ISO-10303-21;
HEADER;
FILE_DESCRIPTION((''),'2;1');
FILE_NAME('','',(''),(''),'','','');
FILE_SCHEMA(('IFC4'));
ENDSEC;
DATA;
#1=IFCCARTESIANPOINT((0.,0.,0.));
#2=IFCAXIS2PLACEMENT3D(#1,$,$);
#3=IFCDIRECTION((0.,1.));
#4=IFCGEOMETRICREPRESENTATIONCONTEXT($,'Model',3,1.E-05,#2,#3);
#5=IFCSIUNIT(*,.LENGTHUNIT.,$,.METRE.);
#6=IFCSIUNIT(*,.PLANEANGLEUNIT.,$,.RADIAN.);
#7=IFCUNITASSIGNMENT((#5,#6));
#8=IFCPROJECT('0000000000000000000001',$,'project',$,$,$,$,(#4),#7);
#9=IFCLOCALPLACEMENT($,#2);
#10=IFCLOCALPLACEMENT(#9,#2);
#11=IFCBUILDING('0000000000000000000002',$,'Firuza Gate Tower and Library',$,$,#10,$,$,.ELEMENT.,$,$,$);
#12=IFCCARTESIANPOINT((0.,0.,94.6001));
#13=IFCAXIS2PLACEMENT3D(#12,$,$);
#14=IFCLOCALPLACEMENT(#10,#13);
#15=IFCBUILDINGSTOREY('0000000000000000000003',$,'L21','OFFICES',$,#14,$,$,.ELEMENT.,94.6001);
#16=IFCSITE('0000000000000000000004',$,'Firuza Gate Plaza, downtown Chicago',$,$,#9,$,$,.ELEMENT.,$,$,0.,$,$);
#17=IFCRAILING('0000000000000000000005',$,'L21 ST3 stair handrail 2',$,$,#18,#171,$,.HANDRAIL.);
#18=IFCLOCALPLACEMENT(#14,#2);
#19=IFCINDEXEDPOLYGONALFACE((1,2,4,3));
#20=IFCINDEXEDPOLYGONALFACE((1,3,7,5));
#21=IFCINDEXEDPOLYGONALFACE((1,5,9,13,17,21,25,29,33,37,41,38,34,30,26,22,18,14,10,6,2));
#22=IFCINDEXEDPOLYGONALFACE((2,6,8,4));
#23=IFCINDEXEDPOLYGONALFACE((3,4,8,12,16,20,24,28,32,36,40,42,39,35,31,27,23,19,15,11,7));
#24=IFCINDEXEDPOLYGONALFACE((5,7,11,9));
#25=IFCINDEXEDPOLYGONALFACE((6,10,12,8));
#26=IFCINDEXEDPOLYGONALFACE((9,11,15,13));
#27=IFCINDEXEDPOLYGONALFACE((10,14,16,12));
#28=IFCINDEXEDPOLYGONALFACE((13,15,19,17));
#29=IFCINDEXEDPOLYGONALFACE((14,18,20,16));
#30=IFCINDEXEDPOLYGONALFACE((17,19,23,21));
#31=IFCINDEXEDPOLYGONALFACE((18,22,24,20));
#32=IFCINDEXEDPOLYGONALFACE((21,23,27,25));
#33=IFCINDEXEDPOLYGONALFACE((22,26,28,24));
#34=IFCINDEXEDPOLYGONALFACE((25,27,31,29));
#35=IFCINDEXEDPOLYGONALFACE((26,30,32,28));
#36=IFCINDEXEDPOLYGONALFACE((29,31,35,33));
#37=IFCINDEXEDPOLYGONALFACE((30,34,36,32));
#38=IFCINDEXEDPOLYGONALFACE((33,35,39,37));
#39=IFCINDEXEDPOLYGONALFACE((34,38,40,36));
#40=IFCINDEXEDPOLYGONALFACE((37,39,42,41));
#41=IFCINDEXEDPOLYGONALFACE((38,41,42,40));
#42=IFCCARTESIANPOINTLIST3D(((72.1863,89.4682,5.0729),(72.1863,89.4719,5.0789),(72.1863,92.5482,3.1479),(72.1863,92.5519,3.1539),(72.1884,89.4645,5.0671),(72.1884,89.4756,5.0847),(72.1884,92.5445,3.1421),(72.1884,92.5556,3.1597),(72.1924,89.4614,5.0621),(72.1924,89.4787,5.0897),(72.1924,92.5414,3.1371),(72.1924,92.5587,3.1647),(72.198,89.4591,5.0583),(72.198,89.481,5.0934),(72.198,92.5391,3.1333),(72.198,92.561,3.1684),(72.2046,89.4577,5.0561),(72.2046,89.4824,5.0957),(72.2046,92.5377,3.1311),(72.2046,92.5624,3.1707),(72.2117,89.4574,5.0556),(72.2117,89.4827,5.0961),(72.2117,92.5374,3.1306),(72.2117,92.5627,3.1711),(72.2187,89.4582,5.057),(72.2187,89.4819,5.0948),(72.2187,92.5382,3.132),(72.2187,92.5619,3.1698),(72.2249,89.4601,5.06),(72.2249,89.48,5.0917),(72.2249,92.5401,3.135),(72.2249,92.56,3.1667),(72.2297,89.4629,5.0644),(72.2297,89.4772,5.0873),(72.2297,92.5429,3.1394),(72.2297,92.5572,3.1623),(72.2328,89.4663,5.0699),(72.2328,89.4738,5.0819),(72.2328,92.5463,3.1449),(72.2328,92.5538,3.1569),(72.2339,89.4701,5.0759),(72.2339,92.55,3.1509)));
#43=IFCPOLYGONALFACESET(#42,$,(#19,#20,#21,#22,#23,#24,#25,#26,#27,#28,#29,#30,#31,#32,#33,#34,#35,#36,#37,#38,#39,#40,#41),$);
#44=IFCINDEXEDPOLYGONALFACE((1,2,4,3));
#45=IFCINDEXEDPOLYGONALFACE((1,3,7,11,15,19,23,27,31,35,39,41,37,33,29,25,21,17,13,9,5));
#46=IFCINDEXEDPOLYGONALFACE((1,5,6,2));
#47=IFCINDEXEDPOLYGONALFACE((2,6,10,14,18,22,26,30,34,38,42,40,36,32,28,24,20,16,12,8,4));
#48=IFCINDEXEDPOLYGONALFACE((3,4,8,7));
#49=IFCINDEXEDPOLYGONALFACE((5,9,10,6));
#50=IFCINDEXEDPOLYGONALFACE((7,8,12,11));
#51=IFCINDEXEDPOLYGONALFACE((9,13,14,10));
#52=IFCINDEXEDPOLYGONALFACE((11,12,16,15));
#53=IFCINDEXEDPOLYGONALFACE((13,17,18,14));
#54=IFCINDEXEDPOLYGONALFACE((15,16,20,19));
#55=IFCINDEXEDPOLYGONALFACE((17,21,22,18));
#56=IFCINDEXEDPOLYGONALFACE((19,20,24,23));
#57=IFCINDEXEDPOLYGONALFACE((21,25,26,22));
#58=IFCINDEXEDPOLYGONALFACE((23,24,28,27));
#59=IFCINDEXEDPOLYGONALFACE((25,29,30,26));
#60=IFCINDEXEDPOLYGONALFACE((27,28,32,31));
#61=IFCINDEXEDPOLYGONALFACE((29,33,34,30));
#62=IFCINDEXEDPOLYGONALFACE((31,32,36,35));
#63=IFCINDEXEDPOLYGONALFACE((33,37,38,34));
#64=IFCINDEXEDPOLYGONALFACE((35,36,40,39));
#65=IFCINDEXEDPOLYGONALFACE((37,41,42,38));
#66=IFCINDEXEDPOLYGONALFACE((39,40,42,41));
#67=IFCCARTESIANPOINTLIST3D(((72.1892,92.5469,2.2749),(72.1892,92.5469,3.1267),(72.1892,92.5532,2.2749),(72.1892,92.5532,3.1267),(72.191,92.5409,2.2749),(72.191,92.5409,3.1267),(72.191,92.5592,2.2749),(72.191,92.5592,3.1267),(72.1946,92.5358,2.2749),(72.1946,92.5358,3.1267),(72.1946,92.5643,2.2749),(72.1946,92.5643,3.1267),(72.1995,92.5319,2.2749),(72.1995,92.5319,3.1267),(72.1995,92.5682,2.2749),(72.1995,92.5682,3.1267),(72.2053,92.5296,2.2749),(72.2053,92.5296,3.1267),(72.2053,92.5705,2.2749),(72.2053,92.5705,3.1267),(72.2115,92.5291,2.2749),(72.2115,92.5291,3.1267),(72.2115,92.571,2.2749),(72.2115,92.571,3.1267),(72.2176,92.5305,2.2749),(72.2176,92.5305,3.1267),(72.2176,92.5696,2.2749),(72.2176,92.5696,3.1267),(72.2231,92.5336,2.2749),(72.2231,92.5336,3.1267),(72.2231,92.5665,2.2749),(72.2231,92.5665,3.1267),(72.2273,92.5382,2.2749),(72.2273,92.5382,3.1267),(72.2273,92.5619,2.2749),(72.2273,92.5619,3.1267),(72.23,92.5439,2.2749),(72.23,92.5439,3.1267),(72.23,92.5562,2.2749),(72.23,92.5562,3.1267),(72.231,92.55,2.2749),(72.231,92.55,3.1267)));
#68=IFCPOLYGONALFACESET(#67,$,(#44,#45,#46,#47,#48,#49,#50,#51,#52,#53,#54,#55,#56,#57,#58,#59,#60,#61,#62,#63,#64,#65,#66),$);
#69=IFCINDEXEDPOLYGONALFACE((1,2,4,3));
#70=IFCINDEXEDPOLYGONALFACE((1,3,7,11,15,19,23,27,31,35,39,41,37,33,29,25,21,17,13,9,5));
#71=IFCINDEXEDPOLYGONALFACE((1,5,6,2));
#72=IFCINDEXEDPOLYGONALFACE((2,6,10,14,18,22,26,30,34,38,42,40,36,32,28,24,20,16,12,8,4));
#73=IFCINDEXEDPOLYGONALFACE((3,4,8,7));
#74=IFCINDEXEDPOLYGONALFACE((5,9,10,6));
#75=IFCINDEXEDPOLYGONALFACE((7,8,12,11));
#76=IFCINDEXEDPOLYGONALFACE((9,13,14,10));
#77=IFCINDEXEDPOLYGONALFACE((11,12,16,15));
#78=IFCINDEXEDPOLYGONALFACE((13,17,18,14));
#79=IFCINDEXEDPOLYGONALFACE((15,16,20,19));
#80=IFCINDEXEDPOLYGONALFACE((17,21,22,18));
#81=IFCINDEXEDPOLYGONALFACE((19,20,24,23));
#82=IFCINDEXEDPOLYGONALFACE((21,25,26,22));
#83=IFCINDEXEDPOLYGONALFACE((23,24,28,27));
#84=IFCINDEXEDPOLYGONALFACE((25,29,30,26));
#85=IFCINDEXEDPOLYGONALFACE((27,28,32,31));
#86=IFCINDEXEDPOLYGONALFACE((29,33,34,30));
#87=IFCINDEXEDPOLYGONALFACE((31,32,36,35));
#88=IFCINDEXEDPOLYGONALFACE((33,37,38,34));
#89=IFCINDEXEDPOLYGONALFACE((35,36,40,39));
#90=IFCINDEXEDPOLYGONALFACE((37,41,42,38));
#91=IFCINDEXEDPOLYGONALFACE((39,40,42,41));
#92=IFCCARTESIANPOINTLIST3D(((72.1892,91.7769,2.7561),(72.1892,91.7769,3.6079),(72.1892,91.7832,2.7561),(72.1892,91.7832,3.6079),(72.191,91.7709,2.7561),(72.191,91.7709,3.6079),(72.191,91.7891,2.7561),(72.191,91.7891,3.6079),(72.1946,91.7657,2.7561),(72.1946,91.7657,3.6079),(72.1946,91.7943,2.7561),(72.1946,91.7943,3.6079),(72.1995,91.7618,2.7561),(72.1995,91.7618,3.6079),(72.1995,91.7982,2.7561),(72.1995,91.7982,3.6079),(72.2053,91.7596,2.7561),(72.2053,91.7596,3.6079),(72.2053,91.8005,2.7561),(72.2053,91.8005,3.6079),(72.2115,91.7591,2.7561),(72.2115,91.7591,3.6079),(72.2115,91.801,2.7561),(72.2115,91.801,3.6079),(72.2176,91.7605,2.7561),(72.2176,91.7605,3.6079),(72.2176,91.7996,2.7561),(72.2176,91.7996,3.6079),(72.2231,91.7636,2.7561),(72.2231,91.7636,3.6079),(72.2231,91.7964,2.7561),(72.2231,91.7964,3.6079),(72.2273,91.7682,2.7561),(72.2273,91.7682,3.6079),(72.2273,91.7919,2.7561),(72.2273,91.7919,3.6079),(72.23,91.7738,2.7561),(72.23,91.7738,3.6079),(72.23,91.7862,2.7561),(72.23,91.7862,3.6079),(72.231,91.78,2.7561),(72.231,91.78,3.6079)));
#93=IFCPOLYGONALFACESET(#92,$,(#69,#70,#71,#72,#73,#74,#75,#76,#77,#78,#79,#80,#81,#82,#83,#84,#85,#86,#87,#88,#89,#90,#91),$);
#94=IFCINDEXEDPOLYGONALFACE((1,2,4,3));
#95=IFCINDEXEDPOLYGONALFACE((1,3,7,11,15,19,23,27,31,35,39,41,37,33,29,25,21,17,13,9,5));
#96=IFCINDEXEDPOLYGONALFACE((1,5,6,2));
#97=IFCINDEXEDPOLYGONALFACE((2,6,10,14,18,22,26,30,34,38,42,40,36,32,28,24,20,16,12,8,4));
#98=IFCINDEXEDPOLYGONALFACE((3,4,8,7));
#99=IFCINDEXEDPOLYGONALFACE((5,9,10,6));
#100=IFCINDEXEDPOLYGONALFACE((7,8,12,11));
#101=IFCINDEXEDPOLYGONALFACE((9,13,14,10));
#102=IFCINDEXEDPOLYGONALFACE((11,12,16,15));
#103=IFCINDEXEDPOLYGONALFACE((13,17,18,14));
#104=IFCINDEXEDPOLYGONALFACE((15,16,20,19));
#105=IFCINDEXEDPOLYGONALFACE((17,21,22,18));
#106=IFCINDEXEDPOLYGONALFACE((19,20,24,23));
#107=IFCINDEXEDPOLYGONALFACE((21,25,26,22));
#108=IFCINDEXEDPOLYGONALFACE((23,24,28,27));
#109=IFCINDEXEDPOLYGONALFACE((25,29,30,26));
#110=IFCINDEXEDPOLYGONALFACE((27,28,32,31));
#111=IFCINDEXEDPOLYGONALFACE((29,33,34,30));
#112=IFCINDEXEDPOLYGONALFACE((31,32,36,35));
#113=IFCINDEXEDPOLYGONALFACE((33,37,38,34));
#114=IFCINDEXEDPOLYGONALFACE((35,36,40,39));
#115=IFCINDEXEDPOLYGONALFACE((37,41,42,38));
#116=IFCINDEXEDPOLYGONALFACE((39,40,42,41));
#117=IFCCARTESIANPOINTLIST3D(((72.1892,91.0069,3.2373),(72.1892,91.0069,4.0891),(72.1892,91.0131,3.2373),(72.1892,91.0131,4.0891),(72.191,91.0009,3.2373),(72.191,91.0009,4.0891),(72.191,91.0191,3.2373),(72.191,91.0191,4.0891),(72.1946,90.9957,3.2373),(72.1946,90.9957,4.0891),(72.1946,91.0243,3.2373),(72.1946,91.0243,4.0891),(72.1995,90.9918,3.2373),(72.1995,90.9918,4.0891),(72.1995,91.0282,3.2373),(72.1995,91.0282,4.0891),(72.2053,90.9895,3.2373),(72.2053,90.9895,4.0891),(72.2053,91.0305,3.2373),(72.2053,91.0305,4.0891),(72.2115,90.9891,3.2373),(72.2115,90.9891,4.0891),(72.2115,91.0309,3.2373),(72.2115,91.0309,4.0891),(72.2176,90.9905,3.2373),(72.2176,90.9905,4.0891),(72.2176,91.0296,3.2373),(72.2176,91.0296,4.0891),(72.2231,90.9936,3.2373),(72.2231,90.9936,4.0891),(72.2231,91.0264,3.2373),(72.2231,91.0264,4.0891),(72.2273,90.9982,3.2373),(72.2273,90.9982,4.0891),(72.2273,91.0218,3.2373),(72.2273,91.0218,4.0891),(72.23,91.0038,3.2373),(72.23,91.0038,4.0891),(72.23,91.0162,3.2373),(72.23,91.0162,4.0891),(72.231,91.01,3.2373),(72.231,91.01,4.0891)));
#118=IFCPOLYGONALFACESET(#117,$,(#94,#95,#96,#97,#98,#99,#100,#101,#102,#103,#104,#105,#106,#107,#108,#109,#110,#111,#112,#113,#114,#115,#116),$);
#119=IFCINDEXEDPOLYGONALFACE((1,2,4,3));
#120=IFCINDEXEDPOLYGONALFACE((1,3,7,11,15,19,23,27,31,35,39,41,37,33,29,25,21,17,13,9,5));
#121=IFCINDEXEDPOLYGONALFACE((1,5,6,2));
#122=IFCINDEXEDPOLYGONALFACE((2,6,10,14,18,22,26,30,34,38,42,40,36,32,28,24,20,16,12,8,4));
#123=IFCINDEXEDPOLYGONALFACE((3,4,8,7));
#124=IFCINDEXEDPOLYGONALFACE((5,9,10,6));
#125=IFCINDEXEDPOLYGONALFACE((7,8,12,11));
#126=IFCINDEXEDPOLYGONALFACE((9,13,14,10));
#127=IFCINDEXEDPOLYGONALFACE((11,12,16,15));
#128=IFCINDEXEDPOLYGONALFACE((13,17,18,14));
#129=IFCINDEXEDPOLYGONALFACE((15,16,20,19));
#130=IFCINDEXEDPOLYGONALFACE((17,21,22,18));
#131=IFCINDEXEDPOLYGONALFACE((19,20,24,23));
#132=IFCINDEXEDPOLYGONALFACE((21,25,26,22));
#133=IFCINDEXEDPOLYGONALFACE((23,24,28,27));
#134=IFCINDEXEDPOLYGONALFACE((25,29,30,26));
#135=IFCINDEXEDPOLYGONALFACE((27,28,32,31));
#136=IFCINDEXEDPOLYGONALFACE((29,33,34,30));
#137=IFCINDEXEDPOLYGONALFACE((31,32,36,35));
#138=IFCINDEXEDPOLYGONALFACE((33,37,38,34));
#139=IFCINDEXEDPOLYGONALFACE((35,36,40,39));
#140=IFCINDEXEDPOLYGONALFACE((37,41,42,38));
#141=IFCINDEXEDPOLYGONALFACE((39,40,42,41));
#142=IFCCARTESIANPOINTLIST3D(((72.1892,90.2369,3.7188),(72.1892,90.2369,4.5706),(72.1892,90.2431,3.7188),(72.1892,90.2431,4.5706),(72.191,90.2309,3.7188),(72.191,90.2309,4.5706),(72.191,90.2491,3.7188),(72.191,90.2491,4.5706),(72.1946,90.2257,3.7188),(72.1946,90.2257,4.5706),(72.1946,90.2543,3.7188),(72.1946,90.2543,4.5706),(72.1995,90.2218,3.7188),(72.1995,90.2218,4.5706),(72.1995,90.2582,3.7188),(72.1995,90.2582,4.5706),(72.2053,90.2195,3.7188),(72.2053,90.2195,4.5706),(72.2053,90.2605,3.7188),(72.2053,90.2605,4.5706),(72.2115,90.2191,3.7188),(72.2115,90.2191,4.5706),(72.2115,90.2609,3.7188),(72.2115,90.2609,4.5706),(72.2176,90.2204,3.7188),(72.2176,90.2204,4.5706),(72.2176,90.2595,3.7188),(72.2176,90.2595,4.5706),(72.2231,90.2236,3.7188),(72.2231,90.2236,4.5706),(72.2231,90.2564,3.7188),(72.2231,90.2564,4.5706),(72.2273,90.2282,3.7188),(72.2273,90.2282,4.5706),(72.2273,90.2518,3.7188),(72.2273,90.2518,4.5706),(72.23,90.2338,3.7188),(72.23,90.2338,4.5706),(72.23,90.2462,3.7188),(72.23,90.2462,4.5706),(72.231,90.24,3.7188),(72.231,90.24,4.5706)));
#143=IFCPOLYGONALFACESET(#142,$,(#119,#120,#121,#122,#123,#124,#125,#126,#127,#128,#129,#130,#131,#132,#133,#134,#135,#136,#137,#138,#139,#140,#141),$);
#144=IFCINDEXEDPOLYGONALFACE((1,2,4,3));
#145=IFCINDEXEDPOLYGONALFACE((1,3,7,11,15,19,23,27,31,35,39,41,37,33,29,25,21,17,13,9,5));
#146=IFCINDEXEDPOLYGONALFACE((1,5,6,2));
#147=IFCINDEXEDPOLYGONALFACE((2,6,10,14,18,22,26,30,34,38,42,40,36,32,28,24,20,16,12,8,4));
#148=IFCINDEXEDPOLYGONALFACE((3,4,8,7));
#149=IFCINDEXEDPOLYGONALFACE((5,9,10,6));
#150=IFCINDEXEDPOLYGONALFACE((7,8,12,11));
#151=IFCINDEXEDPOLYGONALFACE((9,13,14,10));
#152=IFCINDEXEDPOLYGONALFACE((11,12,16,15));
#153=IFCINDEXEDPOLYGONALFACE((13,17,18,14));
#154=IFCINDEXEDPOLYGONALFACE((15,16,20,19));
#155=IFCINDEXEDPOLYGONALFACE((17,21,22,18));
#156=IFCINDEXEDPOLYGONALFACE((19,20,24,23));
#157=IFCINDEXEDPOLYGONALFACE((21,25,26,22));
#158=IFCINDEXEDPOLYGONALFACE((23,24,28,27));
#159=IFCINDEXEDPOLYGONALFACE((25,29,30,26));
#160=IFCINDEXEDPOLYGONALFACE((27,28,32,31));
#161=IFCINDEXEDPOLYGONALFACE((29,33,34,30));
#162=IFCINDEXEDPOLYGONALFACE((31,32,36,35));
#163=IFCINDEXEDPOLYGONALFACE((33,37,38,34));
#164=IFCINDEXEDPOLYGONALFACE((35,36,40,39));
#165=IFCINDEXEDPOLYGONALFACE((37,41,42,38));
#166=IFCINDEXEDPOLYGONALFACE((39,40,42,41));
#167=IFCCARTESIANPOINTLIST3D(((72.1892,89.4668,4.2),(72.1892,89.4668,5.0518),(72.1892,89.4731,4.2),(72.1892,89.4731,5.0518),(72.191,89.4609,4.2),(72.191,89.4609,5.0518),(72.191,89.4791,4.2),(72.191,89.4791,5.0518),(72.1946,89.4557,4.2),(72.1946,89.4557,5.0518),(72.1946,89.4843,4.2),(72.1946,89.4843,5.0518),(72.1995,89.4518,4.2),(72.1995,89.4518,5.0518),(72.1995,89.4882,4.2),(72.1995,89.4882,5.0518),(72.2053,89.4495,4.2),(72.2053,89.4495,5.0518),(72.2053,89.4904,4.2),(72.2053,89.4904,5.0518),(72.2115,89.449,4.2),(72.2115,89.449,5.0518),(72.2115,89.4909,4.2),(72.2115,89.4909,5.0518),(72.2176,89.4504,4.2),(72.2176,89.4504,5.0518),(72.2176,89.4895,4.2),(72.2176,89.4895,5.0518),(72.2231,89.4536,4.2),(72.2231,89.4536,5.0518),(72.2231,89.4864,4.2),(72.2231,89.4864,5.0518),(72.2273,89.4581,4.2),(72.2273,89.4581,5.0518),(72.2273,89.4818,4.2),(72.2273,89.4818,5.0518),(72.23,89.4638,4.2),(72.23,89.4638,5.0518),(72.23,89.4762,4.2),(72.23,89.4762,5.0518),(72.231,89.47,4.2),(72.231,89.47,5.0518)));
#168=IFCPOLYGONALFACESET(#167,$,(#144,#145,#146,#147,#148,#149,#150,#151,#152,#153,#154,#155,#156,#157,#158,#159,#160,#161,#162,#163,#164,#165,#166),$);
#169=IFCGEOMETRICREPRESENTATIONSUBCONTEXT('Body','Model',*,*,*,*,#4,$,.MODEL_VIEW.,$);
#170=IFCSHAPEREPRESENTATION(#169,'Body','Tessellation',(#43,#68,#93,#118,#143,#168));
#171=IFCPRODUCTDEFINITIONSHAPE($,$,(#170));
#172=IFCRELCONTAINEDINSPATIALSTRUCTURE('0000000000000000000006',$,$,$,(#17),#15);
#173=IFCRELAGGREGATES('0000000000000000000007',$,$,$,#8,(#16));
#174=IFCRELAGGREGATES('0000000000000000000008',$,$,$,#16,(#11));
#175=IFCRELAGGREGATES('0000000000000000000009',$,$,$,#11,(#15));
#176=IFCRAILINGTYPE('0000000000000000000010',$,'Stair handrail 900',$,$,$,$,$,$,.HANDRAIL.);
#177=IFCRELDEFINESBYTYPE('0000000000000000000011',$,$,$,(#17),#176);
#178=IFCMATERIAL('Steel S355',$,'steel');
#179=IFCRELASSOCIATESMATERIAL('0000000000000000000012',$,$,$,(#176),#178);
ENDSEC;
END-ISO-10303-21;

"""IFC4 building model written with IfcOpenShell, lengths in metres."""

from ifc_helpers import new_model, si_unit, direction, frame, origin, origin_2d, place, context, subcontext, project, spatial, circle, extrude, material, type_object, element, save


model = new_model("IFC4")

# Units and contexts
model_context = context("Model", 3, precision=1e-05, world=origin(), true_north=direction((0.0, 1.0)))
body_context = subcontext(model_context, "Body", "Model", "MODEL_VIEW")
ifc_project = project(units=[si_unit("LENGTHUNIT", "METRE"), si_unit("PLANEANGLEUNIT", "RADIAN")], contexts=[model_context])

# Site, building, storey
site_placement = place(None, origin())
site = spatial("IfcSite", under=ifc_project, at=site_placement, Name="Firuza Gate Plaza, downtown Chicago", CompositionType="ELEMENT", RefElevation=0.0)
building_placement = place(site_placement, origin())
building = spatial("IfcBuilding", under=site, at=building_placement, Name="Firuza Gate Tower and Library", CompositionType="ELEMENT")
storey_placement = place(building_placement, frame((0.0, 0.0, 94.6001)))
storey = spatial("IfcBuildingStorey", under=building, at=storey_placement, Name="L21", Description="OFFICES", CompositionType="ELEMENT", Elevation=94.6001)

# Railing
ifc_material_1 = material(Name="Steel S355", Category="steel")
railing_type_1 = type_object("IfcRailingType", Name="Stair handrail 900", PredefinedType="HANDRAIL", material=ifc_material_1)
railing_1_placement = place(storey_placement, frame((72.21, 92.55, 2.2749)))
element("IfcRailing", 1, at=railing_1_placement, inside=storey, type_object=railing_type_1, Name="L21 ST3 stair handrail 2", PredefinedType="HANDRAIL", context=body_context, shape_type="SweptSolid", body=[
    extrude(circle(Radius=0.0239, at=origin_2d()), frame((0.0, 0.0, 0.876), z_axis=(0.0, -0.847998, 0.529999), x_axis=(1.0, 0.0, 0.0)), (0.0, 0.0, 1.0), 3.6321),
    extrude(circle(Radius=0.021, at=origin_2d()), origin(), (0.0, 0.0, 1.0), 0.8518),
    extrude(circle(Radius=0.021, at=origin_2d()), frame((0.0, -0.77, 0.4812)), (0.0, 0.0, 1.0), 0.8518),
    extrude(circle(Radius=0.021, at=origin_2d()), frame((0.0, -1.54, 0.9624)), (0.0, 0.0, 1.0), 0.8518),
    extrude(circle(Radius=0.021, at=origin_2d()), frame((0.0, -2.3101, 1.4438)), (0.0, 0.0, 1.0), 0.8518),
    extrude(circle(Radius=0.021, at=origin_2d()), frame((0.0, -3.0801, 1.925)), (0.0, 0.0, 1.0), 0.8518),
])

save(model, "model.ifc")
